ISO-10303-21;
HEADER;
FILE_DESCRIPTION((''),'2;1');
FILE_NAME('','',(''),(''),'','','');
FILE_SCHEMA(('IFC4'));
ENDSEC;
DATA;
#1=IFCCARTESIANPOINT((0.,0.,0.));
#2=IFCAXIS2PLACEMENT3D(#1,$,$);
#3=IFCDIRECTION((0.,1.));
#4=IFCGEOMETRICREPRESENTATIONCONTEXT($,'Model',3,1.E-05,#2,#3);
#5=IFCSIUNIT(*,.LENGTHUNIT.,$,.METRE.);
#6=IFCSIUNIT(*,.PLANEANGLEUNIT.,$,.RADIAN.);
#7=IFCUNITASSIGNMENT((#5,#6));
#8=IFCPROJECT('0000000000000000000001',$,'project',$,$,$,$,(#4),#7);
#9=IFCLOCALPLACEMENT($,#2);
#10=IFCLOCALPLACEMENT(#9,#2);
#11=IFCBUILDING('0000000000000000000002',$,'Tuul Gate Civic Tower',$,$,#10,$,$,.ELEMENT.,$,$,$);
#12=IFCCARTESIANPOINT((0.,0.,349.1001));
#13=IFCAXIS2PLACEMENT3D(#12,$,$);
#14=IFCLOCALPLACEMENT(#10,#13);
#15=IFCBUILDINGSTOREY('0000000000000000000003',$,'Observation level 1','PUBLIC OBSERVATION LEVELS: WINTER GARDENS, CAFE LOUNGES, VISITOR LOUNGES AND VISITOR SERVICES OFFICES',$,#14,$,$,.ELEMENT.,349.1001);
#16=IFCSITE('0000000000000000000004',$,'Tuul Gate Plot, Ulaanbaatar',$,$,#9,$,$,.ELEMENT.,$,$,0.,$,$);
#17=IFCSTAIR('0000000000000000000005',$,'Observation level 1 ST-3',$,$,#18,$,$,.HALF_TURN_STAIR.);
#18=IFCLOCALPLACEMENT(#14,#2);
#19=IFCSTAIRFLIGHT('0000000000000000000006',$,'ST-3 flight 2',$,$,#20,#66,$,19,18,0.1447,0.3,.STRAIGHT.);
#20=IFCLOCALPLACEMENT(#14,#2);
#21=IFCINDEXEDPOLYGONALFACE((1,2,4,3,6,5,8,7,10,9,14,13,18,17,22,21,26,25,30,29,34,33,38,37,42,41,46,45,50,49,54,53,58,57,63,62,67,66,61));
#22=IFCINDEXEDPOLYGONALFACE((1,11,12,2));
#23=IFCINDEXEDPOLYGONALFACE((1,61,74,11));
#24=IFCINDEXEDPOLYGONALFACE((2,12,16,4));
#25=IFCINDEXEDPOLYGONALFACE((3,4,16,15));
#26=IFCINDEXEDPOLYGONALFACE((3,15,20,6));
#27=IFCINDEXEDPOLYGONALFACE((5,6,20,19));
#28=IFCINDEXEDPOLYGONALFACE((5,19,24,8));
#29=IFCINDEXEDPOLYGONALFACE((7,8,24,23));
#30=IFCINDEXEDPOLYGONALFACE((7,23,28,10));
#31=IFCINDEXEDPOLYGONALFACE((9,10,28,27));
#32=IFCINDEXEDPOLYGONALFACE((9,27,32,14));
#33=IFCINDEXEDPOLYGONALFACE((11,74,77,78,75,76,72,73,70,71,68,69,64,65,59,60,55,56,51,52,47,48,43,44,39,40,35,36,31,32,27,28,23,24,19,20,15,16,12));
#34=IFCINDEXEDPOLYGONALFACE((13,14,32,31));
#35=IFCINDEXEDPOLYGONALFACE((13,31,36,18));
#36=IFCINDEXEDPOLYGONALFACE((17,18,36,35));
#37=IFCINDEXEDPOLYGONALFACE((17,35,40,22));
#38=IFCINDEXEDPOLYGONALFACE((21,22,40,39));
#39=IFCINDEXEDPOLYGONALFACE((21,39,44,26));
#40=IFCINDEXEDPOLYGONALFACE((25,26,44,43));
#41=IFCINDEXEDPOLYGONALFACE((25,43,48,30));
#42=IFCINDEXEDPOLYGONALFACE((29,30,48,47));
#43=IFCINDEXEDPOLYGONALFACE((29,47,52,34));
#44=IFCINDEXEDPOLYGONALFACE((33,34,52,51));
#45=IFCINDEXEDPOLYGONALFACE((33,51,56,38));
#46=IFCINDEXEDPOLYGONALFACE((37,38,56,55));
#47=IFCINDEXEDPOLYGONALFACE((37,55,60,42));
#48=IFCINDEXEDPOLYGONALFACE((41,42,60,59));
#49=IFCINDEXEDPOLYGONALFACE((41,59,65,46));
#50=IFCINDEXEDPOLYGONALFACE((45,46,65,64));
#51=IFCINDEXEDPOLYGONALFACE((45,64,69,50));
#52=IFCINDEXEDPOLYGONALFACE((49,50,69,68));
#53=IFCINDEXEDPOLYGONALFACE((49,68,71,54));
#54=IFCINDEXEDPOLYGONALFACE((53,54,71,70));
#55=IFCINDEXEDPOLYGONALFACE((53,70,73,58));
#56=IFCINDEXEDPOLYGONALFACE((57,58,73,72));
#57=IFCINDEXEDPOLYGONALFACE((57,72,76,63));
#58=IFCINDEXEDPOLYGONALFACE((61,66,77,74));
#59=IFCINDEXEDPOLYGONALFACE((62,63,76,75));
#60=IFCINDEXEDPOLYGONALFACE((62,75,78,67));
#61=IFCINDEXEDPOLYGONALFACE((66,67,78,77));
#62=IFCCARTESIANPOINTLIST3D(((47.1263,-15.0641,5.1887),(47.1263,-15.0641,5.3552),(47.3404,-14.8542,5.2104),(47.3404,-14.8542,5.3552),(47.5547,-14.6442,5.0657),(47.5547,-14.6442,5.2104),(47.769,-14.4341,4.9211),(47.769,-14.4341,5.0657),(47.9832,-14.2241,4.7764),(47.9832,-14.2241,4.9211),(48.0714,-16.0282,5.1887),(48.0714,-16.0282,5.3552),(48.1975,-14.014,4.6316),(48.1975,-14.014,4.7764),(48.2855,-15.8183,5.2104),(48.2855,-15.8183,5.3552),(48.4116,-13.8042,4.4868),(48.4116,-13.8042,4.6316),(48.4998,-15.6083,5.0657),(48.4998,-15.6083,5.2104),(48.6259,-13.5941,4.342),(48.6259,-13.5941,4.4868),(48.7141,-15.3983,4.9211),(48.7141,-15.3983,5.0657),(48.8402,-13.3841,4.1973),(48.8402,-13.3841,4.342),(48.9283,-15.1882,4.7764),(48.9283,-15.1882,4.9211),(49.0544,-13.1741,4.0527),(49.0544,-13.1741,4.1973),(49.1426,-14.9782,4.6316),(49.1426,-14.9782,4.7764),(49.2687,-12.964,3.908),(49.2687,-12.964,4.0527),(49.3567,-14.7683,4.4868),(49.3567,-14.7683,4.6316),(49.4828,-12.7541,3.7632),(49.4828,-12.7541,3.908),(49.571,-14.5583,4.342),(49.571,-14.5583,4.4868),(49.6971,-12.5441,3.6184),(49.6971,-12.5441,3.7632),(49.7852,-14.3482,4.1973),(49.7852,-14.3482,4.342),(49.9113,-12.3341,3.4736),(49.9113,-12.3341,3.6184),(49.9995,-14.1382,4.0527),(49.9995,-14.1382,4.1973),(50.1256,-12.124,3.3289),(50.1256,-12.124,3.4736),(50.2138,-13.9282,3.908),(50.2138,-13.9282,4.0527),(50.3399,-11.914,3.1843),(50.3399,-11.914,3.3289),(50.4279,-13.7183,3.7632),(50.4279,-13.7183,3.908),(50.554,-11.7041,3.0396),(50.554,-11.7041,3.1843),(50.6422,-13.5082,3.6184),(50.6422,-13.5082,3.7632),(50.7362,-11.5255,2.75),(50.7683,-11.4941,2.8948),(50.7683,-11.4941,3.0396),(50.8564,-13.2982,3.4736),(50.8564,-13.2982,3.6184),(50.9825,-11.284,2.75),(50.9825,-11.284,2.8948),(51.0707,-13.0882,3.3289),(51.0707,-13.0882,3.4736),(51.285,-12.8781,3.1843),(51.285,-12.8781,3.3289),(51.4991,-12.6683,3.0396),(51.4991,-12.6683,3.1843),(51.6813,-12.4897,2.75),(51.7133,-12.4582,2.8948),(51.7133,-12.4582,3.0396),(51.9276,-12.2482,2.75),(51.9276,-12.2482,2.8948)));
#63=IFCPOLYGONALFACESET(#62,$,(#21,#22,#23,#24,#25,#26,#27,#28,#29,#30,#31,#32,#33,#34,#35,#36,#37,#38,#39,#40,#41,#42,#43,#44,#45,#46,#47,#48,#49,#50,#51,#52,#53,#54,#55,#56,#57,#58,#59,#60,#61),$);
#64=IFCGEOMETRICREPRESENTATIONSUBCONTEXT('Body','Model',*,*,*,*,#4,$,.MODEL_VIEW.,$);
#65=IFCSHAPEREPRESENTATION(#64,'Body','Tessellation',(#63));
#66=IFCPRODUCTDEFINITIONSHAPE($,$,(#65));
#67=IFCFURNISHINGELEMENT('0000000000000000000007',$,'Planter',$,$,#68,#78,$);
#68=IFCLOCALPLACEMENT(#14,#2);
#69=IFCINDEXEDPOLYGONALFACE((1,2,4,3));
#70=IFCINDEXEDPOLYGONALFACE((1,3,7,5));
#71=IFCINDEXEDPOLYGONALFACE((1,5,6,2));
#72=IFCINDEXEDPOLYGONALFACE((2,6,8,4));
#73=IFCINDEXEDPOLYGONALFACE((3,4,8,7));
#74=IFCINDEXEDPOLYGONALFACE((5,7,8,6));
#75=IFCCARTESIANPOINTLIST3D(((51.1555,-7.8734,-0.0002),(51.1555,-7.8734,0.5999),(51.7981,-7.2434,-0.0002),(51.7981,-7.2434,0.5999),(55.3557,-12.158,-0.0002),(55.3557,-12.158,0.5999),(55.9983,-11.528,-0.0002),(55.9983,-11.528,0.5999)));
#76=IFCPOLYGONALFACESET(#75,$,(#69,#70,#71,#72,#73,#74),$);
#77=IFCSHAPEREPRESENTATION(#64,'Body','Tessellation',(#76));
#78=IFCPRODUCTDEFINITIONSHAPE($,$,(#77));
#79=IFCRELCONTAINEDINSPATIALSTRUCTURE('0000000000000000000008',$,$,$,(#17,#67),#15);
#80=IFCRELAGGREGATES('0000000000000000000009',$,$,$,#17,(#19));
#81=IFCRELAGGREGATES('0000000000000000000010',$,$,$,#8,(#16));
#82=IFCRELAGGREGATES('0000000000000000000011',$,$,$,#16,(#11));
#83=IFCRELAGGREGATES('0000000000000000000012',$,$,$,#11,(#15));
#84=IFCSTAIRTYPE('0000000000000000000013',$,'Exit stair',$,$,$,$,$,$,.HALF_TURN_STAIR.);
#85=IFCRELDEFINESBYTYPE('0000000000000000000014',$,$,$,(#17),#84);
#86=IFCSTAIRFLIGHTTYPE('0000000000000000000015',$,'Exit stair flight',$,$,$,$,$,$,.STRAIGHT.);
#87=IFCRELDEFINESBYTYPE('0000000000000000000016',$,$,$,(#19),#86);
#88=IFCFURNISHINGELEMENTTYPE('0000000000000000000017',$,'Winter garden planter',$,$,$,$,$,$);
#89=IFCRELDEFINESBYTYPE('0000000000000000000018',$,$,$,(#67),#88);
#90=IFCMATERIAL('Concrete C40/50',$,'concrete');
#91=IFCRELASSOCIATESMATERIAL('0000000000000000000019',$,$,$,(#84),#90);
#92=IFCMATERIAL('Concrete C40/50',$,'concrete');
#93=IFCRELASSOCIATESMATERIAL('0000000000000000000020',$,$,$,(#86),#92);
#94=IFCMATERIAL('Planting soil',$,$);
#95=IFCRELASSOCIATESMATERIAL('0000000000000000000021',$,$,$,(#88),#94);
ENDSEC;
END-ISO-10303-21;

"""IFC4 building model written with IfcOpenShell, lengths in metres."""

from ifc_helpers import new_model, si_unit, direction, frame, origin, origin_2d, place, context, subcontext, project, spatial, polyline, rectangle, outline, extrude, material, type_object, element, aggregate, save


model = new_model("IFC4")

# Units and contexts
model_context = context("Model", 3, precision=1e-05, world=origin(), true_north=direction((0.0, 1.0)))
body_context = subcontext(model_context, "Body", "Model", "MODEL_VIEW")
ifc_project = project(units=[si_unit("LENGTHUNIT", "METRE"), si_unit("PLANEANGLEUNIT", "RADIAN")], contexts=[model_context])

# Site, building, storey
site_placement = place(None, origin())
site = spatial("IfcSite", under=ifc_project, at=site_placement, Name="Tuul Gate Plot, Ulaanbaatar", CompositionType="ELEMENT", RefElevation=0.0)
building_placement = place(site_placement, origin())
building = spatial("IfcBuilding", under=site, at=building_placement, Name="Tuul Gate Civic Tower", CompositionType="ELEMENT")
storey_placement = place(building_placement, frame((0.0, 0.0, 349.1001)))
storey = spatial("IfcBuildingStorey", under=building, at=storey_placement, Name="Observation level 1", Description="PUBLIC OBSERVATION LEVELS: WINTER GARDENS, CAFE LOUNGES, VISITOR LOUNGES AND VISITOR SERVICES OFFICES", CompositionType="ELEMENT", Elevation=349.1001)

# Stair, stair flight
ifc_material_1 = material(Name="Concrete C40/50", Category="concrete")
stair_type = type_object("IfcStairType", Name="Exit stair", PredefinedType="HALF_TURN_STAIR", material=ifc_material_1)
stair_placement = place(storey_placement, origin())
stair = element("IfcStair", 1, at=stair_placement, inside=storey, type_object=stair_type, Name="Observation level 1 ST-3", PredefinedType="HALF_TURN_STAIR")
ifc_material_2 = material(Name="Concrete C40/50", Category="concrete")
stair_flight_type = type_object("IfcStairFlightType", Name="Exit stair flight", PredefinedType="STRAIGHT", material=ifc_material_2)
stair_flight_placement = place(storey_placement, frame((51.4551, -11.7661, 2.75), z_axis=(0.0, 0.0, 1.0), x_axis=(-0.714127, -0.700016, 0.0)))
stair_flight = element("IfcStairFlight", 2, at=stair_flight_placement, type_object=stair_flight_type, Name="ST-3 flight 2", NumberOfRisers=19, NumberOfTreads=18, PredefinedType="STRAIGHT", RiserHeight=0.1447, TreadLength=0.3, context=body_context, shape_type="SweptSolid", body=[
    extrude(outline(polyline([(0.0, 0.0), (0.0, 0.1448), (0.3, 0.1448), (0.3, 0.2896), (0.6001, 0.2896), (0.6001, 0.4343), (0.8999, 0.4343), (0.8999, 0.5789), (1.2, 0.5789), (1.2, 0.7236), (1.5, 0.7236), (1.5, 0.8684), (1.8, 0.8684), (1.8, 1.0132), (2.1001, 1.0132), (2.1001, 1.158), (2.3999, 1.158), (2.3999, 1.3027), (2.7, 1.3027), (2.7, 1.4473), (3.0, 1.4473), (3.0, 1.592), (3.3, 1.592), (3.3, 1.7368), (3.6001, 1.7368), (3.6001, 1.8816), (3.8999, 1.8816), (3.8999, 2.0264), (4.2, 2.0264), (4.2, 2.1711), (4.5, 2.1711), (4.5, 2.3157), (4.8, 2.3157), (4.8, 2.4604), (5.1001, 2.4604), (5.1001, 2.6052), (5.3999, 2.6052), (5.3999, 2.75), (5.3999, 2.4387), (0.345, 0.0), (0.0, 0.0)])), frame((0.0, 0.675, 0.0), z_axis=(0.0, -1.0, 0.0), x_axis=(1.0, 0.0, 0.0)), (0.0, 0.0, 1.0), 1.3501),
])
aggregate(stair, [stair_flight])

# Furnishing element
ifc_material_3 = material(Name="Planting soil")
furnishing_element_type = type_object("IfcFurnishingElementType", Name="Winter garden planter", material=ifc_material_3)
furnishing_placement = place(storey_placement, frame((53.5769, -9.7007, -0.0002), z_axis=(0.0, 0.0, 1.0), x_axis=(-0.700043, 0.7141, 0.0)))
element("IfcFurnishingElement", 3, at=furnishing_placement, inside=storey, type_object=furnishing_element_type, Name="Planter", context=body_context, shape_type="SweptSolid", body=[
    extrude(rectangle(XDim=6.0, YDim=0.8999, at=origin_2d()), origin(), (0.0, 0.0, 1.0), 0.6001),
])

save(model, "model.ifc")
